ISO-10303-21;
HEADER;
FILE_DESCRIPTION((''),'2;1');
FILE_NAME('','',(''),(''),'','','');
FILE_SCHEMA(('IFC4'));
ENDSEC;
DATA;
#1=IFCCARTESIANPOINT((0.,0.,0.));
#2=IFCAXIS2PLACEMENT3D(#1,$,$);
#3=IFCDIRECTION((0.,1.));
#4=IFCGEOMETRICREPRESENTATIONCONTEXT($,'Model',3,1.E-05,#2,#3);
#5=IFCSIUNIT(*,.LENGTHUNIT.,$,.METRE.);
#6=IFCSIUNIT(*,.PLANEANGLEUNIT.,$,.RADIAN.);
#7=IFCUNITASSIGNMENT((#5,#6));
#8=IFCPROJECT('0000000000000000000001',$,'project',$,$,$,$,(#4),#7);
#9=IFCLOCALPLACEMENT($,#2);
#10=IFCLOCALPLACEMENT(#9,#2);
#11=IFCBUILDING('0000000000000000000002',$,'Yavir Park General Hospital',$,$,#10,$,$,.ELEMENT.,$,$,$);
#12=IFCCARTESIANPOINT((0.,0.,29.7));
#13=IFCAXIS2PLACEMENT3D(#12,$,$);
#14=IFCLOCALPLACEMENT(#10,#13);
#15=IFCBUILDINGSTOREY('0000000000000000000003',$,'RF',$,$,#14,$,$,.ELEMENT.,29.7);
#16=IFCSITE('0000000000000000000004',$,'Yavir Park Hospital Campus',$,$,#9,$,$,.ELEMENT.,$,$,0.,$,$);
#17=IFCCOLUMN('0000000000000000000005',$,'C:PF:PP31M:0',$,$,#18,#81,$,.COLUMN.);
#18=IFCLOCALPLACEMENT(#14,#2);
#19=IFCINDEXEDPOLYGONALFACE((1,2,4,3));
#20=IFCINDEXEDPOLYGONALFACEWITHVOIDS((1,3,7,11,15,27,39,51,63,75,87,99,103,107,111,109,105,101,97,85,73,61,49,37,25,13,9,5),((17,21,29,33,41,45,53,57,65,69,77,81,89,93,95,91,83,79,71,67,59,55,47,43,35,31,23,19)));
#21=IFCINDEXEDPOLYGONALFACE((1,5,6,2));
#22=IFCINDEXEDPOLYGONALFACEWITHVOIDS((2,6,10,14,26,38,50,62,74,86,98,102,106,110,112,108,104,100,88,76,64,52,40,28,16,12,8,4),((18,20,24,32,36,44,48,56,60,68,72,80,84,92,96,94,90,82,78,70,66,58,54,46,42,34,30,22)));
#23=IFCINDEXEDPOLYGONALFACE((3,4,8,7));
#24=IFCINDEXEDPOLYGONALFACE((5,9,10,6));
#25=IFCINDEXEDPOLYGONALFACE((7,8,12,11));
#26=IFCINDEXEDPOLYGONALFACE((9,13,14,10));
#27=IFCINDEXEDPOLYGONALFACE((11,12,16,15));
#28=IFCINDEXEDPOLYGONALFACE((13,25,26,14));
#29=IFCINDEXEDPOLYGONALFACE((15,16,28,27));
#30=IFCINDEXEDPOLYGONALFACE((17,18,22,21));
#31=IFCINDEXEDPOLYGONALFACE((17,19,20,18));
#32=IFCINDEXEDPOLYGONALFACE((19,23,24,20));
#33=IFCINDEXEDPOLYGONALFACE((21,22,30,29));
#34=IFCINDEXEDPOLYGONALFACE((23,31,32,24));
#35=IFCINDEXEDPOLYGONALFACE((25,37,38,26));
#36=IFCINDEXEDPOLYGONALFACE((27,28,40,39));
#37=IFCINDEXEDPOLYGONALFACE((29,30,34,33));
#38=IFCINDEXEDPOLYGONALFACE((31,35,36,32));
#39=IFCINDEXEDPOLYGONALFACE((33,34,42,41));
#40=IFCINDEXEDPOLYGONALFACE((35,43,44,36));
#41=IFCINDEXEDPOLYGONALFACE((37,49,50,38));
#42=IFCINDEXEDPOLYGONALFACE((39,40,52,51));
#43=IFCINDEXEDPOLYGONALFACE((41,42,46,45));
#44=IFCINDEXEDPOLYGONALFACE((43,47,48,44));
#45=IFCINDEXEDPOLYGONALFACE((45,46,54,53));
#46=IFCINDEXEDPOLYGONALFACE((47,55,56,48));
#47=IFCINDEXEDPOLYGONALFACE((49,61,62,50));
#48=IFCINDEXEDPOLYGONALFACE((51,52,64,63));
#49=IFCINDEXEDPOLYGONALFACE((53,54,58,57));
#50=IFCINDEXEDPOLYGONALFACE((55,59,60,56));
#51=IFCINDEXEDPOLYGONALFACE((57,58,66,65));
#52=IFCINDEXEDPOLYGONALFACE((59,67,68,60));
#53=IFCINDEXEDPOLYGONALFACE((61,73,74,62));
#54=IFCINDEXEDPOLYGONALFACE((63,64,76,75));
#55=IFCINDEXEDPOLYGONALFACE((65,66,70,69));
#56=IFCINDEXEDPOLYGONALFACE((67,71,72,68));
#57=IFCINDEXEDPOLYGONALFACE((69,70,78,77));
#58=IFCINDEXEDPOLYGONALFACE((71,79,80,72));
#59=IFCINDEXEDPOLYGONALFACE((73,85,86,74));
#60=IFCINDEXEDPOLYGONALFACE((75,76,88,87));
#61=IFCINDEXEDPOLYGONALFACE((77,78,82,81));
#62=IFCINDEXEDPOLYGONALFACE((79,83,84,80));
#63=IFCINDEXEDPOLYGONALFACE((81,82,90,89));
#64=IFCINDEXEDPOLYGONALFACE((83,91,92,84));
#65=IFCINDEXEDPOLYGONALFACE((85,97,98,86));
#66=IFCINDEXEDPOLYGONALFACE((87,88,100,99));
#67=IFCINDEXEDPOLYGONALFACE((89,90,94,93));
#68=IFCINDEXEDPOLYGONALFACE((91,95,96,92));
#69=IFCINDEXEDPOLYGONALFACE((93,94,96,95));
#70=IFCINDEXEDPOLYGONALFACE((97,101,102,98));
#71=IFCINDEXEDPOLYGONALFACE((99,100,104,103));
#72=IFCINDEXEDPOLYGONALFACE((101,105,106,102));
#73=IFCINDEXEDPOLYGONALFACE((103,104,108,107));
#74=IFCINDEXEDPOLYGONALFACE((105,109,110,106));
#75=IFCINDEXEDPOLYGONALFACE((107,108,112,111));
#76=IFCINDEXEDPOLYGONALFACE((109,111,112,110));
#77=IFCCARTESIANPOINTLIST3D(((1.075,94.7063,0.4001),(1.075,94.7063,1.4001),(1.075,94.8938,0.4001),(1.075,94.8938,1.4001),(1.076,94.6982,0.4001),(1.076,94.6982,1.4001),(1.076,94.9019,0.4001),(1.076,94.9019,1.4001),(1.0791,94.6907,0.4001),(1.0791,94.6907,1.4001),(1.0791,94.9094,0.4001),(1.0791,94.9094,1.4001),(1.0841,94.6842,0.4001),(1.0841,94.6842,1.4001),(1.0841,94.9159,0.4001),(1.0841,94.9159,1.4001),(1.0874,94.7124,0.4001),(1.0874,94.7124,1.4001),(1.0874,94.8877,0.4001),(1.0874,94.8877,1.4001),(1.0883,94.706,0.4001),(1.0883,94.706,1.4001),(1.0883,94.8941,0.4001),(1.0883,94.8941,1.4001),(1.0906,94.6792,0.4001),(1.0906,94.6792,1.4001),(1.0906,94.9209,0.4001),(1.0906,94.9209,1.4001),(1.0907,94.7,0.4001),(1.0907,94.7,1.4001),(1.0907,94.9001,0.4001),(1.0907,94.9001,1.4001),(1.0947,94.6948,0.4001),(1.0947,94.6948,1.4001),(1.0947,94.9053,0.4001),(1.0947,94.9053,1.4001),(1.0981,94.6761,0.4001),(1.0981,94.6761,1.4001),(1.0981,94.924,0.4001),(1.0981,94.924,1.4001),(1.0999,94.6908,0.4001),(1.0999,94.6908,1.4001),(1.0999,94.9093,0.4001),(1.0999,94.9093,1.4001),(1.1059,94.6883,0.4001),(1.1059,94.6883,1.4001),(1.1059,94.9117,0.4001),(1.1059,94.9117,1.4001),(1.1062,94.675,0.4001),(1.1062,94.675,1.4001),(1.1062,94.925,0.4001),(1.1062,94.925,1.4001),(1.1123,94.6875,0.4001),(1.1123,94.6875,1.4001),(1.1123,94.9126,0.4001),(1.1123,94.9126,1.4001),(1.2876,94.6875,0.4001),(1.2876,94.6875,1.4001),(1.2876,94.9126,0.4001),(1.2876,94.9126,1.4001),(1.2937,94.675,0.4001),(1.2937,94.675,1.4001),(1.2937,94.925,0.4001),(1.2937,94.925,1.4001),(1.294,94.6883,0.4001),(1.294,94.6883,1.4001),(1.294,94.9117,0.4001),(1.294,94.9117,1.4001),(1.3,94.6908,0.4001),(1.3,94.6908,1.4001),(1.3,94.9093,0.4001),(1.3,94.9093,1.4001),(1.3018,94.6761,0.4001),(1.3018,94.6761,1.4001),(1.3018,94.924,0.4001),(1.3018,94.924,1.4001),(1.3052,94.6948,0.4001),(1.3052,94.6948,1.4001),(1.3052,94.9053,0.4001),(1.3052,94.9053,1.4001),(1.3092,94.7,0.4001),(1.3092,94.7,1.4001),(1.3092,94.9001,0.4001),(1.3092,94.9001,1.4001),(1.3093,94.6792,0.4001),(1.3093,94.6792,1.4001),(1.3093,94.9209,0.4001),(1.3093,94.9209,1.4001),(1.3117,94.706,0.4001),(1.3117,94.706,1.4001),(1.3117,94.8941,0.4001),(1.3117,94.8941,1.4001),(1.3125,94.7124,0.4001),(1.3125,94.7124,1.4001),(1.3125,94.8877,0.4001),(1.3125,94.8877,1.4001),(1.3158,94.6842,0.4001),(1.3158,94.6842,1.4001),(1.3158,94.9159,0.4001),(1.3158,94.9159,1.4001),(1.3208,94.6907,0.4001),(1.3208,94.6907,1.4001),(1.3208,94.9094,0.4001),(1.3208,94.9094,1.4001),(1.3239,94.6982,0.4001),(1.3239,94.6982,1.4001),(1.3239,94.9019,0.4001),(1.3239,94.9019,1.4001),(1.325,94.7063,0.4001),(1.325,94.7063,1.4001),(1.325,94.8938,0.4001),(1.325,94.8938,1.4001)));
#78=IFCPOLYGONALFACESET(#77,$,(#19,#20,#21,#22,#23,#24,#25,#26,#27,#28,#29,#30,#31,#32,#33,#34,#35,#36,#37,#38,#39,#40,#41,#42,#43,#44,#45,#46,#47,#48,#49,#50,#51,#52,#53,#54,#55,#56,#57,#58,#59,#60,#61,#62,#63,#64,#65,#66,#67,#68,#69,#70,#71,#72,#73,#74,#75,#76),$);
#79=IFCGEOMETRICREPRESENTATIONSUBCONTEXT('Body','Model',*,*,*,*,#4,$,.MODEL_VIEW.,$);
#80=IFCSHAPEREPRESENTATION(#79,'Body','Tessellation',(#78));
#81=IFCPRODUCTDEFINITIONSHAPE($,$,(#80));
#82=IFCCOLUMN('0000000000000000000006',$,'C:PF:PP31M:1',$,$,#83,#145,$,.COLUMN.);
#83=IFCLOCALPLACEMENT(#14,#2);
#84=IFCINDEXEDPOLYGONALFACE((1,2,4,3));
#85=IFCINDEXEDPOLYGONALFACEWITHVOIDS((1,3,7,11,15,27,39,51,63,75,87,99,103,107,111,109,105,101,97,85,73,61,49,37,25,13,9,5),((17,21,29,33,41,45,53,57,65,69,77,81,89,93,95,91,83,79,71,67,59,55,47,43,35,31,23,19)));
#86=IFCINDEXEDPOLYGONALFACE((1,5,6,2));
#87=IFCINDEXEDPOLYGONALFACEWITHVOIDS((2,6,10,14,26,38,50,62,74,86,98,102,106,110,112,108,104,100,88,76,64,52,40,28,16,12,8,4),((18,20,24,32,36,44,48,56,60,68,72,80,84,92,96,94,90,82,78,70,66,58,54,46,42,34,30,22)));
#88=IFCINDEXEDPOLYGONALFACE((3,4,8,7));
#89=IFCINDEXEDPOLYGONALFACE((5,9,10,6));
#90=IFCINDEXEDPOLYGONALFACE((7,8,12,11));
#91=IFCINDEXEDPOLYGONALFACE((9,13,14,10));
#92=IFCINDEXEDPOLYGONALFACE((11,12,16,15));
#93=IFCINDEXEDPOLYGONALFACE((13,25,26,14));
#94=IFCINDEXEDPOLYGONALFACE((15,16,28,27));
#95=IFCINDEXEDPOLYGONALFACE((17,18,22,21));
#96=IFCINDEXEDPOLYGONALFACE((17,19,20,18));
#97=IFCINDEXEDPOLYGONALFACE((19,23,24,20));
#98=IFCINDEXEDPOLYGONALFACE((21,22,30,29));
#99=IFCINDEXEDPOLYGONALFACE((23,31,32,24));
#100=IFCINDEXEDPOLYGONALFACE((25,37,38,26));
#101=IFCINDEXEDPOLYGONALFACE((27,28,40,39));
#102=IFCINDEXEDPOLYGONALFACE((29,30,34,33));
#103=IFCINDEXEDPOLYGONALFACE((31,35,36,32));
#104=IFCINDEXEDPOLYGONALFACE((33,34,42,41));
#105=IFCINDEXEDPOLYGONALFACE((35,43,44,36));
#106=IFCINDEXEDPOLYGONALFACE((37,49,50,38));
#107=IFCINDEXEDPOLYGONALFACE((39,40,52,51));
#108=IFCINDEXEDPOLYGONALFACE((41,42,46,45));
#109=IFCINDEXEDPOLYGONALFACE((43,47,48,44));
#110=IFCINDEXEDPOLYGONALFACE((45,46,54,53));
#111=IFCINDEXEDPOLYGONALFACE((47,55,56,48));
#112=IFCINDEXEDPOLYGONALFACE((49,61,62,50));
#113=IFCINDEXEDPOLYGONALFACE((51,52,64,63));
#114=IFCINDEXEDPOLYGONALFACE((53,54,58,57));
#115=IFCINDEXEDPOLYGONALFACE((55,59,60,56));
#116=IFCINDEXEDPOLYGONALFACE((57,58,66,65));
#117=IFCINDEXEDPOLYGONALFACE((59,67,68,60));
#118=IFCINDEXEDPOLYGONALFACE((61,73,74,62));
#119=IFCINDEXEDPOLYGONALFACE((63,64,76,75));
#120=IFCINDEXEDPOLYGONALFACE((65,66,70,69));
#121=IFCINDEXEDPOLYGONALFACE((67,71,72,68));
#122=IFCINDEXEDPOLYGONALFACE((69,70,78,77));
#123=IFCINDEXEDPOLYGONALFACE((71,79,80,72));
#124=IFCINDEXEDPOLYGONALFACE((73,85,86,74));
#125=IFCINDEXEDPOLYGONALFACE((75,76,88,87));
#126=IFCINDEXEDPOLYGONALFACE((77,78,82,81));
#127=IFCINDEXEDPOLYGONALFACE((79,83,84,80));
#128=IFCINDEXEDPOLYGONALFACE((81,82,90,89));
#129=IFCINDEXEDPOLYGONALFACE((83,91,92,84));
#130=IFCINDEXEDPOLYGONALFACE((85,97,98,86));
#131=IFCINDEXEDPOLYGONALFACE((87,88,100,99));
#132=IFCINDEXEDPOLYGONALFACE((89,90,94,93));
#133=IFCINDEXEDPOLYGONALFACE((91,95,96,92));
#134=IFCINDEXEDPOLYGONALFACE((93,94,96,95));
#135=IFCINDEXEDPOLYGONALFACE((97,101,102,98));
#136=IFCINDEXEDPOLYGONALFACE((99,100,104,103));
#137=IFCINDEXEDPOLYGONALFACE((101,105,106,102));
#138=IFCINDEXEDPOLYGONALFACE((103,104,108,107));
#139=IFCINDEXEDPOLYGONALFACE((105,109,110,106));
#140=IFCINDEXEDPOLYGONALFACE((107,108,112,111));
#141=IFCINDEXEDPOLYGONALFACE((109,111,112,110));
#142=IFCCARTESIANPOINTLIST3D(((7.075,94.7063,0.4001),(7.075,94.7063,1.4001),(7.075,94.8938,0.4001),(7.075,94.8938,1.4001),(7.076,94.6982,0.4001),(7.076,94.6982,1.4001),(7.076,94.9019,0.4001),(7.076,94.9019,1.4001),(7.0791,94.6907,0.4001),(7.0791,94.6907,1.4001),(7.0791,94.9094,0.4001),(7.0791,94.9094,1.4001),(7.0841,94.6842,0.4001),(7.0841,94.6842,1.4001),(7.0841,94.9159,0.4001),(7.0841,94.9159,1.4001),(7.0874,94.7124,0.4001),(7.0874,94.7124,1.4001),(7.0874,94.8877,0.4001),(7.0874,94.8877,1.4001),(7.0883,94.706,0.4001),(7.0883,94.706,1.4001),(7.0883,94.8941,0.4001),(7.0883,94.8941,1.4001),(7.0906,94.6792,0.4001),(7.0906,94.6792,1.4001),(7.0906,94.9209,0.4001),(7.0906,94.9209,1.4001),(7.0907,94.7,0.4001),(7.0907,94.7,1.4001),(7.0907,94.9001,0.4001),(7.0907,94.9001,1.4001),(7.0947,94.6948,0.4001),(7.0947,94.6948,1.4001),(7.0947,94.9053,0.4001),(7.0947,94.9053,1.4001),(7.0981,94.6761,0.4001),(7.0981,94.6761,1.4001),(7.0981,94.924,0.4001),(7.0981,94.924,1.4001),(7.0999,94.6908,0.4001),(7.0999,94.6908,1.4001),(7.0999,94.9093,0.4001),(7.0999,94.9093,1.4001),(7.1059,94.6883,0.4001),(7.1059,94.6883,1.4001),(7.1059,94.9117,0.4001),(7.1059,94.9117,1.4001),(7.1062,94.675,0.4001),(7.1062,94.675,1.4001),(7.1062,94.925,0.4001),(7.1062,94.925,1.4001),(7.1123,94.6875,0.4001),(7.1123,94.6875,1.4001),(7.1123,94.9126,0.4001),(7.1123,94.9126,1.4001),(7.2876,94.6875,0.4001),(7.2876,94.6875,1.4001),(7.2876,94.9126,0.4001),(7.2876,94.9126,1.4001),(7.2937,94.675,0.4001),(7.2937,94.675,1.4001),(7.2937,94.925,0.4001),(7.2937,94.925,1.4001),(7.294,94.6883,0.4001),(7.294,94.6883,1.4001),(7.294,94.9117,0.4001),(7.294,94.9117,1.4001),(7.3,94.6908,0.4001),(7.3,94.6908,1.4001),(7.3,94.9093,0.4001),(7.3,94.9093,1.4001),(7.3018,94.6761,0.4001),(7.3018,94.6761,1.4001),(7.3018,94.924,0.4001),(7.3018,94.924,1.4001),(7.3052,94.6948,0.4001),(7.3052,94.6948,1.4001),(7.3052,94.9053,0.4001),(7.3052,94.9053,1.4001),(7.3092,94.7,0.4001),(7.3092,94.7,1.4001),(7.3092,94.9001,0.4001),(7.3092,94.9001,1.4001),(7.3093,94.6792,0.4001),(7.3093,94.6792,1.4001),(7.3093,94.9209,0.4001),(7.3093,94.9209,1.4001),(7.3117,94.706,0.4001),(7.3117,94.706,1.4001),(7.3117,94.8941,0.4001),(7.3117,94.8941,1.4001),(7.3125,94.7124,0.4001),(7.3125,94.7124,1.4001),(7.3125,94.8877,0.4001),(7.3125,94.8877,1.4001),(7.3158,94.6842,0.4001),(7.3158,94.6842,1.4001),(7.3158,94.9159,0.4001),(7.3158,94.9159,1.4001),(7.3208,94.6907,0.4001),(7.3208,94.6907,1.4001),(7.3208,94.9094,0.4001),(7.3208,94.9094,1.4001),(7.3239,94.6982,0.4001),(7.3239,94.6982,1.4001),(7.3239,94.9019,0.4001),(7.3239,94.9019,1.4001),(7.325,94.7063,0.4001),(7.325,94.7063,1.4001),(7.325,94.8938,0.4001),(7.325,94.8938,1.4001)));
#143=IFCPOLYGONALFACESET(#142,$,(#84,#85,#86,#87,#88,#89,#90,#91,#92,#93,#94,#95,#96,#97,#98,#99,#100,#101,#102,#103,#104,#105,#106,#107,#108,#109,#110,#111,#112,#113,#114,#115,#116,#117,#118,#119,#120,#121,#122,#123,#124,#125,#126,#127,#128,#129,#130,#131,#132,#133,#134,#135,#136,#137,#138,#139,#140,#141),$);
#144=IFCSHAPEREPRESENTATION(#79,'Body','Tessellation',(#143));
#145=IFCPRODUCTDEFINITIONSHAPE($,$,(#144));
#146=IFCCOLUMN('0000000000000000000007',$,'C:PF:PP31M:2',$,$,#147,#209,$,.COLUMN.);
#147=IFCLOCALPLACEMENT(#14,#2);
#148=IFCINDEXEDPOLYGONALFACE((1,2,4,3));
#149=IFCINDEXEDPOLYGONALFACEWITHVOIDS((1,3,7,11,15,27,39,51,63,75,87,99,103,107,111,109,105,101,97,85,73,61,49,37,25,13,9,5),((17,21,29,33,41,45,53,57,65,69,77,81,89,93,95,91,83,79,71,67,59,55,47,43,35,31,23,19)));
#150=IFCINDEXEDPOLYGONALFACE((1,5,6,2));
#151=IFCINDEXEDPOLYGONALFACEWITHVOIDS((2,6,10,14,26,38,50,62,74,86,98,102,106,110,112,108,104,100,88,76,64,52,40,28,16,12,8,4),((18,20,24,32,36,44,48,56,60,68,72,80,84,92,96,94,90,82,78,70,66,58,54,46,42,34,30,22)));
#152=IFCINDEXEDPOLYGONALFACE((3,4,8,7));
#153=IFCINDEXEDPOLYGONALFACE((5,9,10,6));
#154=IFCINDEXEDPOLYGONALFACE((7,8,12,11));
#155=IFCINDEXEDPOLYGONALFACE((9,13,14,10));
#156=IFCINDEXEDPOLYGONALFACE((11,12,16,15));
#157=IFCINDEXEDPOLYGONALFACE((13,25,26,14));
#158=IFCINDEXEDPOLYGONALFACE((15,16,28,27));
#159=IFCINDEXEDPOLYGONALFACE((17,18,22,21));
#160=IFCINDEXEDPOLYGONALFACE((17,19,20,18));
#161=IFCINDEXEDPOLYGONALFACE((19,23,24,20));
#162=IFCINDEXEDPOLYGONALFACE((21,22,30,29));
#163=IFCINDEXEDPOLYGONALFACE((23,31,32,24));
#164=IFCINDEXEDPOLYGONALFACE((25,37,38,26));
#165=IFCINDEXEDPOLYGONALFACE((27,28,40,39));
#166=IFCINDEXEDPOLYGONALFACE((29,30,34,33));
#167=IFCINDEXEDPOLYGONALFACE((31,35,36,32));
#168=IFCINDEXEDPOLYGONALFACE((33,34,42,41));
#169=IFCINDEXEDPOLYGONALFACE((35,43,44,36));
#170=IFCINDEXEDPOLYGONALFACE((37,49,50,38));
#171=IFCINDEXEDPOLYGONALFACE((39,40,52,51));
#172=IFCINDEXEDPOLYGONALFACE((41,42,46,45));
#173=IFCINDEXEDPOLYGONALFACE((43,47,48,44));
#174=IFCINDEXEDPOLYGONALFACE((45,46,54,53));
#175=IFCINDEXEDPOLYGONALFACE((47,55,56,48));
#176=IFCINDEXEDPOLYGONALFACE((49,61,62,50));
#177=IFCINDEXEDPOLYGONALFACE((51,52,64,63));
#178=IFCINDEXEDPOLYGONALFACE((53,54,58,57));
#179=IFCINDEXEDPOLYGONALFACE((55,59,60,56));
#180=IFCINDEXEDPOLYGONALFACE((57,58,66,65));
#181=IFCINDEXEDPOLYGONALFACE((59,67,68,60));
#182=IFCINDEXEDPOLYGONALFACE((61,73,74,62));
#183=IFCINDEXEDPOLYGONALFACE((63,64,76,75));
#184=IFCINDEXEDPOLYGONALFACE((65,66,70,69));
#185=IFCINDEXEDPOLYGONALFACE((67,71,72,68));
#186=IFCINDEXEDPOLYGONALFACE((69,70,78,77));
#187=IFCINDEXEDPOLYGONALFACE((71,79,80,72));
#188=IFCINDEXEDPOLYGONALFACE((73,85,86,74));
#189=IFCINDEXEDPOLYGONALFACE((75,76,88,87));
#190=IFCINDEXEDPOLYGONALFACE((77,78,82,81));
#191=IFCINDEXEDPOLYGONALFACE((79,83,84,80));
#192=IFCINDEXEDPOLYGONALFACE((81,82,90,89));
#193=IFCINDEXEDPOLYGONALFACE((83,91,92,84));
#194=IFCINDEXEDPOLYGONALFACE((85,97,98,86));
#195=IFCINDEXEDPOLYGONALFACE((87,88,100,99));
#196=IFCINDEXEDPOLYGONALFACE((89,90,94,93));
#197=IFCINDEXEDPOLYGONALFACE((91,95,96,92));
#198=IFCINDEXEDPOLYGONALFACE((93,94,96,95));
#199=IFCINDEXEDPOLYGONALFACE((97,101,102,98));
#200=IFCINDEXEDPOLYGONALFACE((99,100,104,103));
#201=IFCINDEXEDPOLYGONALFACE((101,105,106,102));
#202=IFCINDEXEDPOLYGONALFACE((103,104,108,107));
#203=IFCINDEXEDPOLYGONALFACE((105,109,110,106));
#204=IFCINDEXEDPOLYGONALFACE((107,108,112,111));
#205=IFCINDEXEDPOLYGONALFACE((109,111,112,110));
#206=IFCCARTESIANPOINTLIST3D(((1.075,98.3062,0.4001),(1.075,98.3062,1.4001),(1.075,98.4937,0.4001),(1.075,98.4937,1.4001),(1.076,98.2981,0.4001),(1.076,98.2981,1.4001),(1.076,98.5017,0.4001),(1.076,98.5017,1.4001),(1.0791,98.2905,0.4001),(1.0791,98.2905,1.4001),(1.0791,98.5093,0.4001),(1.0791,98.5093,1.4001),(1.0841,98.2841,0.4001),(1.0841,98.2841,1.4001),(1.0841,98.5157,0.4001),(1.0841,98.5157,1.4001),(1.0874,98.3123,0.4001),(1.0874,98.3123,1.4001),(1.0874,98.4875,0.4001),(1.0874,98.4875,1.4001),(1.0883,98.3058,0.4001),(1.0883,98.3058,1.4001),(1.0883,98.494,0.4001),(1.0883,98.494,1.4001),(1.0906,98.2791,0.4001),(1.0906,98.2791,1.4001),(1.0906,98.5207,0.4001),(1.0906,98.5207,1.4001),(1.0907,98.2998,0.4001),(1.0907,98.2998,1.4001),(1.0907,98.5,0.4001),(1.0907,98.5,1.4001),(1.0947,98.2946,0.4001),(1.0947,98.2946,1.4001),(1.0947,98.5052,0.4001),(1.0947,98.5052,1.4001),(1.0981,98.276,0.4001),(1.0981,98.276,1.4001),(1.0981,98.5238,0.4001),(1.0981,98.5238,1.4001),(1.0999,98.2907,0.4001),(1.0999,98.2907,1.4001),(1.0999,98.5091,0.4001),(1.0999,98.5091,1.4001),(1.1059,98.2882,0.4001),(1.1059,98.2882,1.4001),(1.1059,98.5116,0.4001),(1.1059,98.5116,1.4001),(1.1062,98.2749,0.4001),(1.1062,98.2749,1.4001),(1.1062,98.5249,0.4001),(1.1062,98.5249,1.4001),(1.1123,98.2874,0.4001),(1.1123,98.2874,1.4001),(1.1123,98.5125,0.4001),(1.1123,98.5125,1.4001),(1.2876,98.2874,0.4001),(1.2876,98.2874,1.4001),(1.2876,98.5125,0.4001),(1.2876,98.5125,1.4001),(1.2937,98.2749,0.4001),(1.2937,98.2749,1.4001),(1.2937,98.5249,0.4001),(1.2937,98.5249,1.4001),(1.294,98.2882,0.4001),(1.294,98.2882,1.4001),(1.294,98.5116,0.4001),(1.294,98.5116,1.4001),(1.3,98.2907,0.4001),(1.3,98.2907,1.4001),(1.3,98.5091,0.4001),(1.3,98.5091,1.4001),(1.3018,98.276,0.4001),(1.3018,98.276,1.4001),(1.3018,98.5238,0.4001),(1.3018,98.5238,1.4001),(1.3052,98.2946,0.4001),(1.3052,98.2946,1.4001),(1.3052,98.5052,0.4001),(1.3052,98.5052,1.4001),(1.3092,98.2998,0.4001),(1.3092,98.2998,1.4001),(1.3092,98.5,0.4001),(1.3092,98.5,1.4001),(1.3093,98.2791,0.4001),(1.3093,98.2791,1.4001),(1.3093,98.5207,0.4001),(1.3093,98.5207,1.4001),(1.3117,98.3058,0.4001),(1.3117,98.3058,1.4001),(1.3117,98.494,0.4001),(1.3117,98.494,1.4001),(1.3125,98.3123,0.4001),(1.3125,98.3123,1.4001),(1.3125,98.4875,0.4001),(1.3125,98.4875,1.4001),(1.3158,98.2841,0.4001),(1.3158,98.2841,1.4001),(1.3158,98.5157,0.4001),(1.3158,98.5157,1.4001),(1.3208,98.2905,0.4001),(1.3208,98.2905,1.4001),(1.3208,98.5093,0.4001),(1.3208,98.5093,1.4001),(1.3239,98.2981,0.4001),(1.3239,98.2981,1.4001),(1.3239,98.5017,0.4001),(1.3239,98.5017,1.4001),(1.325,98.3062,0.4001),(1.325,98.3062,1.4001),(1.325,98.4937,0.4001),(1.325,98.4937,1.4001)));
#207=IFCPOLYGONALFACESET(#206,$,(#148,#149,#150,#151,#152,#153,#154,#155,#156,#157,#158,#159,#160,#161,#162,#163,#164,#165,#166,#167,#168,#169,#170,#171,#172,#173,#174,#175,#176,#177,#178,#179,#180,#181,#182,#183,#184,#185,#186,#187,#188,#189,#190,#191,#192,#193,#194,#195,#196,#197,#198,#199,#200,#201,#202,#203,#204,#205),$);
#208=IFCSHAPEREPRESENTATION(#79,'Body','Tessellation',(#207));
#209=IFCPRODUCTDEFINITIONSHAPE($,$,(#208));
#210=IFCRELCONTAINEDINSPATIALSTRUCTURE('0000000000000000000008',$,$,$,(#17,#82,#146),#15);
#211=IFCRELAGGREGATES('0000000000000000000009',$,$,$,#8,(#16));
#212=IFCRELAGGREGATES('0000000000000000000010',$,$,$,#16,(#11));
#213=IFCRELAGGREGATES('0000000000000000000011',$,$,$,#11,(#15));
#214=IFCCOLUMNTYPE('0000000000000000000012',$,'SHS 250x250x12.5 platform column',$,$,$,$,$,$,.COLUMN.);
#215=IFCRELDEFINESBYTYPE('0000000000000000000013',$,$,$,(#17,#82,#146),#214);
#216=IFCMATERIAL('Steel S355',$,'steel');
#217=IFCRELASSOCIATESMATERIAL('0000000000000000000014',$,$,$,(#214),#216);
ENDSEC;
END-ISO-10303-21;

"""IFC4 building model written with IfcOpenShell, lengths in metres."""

from ifc_helpers import new_model, si_unit, direction, frame, origin, origin_2d, place, context, subcontext, project, spatial, hollow_rectangle, extrude, material, material_profile, profile_set, type_object, element, save


model = new_model("IFC4")

# Units and contexts
model_context = context("Model", 3, precision=1e-05, world=origin(), true_north=direction((0.0, 1.0)))
body_context = subcontext(model_context, "Body", "Model", "MODEL_VIEW")
ifc_project = project(units=[si_unit("LENGTHUNIT", "METRE"), si_unit("PLANEANGLEUNIT", "RADIAN")], contexts=[model_context])

# Site, building, storey
site_placement = place(None, origin())
site = spatial("IfcSite", under=ifc_project, at=site_placement, Name="Yavir Park Hospital Campus", CompositionType="ELEMENT", RefElevation=0.0)
building_placement = place(site_placement, origin())
building = spatial("IfcBuilding", under=site, at=building_placement, Name="Yavir Park General Hospital", CompositionType="ELEMENT")
storey_placement = place(building_placement, frame((0.0, 0.0, 29.7)))
storey = spatial("IfcBuildingStorey", under=building, at=storey_placement, Name="RF", CompositionType="ELEMENT", Elevation=29.7)

# Columns
ifc_material_1 = material(Name="Steel S355", Category="steel")
ifc_material_profile_1 = material_profile(ifc_material_1, hollow_rectangle(XDim=0.25, YDim=0.25, WallThickness=0.0125, InnerFilletRadius=0.0249, OuterFilletRadius=0.0312, at=origin_2d()), Name="SHS250x250x12.5")
ifc_profile_set_1 = profile_set([ifc_material_profile_1], Name="Steel S355")
column_type_1 = type_object("IfcColumnType", Name="SHS 250x250x12.5 platform column", PredefinedType="COLUMN", material=ifc_profile_set_1)
for number, where, z_axis, x_axis, name in (
    (1, (1.2, 94.8, 0.4001), (0.0, 0.0, 1.0), (1.0, 0.0, 0.0), "C:PF:PP31M:0"),
    (2, (7.2, 94.8, 0.4001), (0.0, 0.0, 1.0), (1.0, 0.0, 0.0), "C:PF:PP31M:1"),
    (3, (1.2, 98.3999, 0.4001), (0.0, 0.0, 1.0), (1.0, 0.0, 0.0), "C:PF:PP31M:2"),
):
    element("IfcColumn", number, at=place(storey_placement, frame(where, z_axis=z_axis, x_axis=x_axis)), inside=storey, type_object=column_type_1, Name=name, PredefinedType="COLUMN", context=body_context, shape_type="SweptSolid", body=[
        extrude(hollow_rectangle(XDim=0.25, YDim=0.25, WallThickness=0.0125, InnerFilletRadius=0.0249, OuterFilletRadius=0.0312, at=origin_2d()), origin(), (0.0, 0.0, 1.0), 1.0),
    ])

save(model, "model.ifc")
